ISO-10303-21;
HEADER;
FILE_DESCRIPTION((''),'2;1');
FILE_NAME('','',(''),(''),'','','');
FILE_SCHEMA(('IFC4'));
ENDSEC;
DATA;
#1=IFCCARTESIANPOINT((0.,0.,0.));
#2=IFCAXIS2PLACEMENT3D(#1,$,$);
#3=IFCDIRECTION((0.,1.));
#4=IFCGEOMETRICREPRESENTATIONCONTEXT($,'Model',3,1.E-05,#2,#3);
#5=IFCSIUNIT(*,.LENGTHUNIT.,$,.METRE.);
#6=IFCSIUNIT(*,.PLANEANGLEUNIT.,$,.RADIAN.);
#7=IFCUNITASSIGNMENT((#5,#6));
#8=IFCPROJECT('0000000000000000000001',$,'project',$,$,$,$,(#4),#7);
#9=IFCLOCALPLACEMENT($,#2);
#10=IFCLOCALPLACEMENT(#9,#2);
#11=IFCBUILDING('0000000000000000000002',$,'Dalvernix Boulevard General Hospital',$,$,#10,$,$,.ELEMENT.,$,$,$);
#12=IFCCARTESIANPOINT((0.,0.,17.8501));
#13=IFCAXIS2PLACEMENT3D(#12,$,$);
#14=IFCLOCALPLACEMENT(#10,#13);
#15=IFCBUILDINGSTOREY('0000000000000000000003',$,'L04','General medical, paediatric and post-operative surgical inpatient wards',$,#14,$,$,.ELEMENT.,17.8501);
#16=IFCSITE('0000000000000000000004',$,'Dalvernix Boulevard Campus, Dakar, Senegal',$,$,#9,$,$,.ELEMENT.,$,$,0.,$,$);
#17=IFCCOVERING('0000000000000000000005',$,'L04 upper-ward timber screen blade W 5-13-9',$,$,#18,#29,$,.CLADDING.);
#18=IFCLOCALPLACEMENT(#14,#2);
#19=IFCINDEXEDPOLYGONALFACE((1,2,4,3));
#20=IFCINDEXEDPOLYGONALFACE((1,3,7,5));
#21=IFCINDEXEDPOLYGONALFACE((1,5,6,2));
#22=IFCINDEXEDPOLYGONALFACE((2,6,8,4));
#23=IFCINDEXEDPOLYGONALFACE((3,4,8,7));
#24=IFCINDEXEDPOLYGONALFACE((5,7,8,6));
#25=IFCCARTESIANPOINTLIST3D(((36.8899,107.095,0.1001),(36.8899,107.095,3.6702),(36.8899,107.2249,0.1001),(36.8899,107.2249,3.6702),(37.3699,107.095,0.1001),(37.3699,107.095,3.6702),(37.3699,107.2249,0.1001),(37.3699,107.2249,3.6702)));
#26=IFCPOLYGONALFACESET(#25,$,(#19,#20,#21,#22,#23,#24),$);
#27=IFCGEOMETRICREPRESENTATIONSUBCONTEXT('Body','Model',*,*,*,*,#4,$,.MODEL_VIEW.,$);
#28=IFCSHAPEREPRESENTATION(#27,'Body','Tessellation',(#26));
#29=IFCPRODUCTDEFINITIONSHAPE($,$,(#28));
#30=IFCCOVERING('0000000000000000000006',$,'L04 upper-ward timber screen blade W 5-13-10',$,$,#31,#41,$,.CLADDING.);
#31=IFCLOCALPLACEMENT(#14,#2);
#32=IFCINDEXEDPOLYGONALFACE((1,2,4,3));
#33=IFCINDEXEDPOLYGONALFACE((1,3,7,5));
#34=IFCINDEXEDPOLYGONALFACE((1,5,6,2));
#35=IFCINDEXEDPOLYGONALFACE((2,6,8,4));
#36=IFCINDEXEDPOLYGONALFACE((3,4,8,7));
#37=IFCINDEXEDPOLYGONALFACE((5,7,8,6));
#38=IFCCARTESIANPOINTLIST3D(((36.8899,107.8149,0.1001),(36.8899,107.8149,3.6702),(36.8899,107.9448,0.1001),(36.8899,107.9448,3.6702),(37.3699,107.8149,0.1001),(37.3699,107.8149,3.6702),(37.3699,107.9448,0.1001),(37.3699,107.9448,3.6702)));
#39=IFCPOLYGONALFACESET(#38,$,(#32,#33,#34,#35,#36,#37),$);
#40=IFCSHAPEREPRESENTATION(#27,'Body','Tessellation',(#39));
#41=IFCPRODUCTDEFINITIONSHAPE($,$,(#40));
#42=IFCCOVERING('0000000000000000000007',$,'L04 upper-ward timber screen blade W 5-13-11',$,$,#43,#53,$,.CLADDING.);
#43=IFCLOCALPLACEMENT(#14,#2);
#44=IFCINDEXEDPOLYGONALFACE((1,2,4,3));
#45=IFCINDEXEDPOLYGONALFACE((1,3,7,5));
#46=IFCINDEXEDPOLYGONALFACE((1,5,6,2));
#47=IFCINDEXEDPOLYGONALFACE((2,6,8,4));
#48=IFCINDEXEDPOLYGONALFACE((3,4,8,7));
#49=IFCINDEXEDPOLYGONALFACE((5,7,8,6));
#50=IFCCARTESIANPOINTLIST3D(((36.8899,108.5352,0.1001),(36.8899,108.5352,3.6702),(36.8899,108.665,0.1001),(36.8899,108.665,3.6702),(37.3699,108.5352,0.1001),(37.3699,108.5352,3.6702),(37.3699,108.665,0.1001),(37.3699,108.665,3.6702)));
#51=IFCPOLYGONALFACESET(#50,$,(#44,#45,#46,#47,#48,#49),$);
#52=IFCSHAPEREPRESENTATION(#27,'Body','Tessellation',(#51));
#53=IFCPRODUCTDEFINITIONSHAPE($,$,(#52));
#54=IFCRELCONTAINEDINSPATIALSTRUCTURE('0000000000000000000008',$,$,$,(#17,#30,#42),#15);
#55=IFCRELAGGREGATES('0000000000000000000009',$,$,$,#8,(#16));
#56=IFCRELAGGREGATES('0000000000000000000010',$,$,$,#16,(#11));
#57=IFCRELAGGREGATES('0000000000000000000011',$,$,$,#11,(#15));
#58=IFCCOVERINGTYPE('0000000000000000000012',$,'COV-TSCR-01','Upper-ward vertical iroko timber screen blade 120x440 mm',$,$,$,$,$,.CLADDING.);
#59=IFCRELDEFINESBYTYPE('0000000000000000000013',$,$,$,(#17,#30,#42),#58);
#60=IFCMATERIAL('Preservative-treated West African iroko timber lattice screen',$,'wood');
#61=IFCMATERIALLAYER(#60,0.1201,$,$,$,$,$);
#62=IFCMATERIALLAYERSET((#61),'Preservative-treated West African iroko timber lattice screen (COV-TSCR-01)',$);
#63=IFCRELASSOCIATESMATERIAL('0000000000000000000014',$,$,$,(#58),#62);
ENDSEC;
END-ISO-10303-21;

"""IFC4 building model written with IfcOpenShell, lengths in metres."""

from ifc_helpers import new_model, si_unit, direction, frame, origin, origin_2d, place, context, subcontext, project, spatial, rectangle, extrude, material, layer, layer_set, type_object, element, save


model = new_model("IFC4")

# Units and contexts
model_context = context("Model", 3, precision=1e-05, world=origin(), true_north=direction((0.0, 1.0)))
body_context = subcontext(model_context, "Body", "Model", "MODEL_VIEW")
ifc_project = project(units=[si_unit("LENGTHUNIT", "METRE"), si_unit("PLANEANGLEUNIT", "RADIAN")], contexts=[model_context])

# Site, building, storey
site_placement = place(None, origin())
site = spatial("IfcSite", under=ifc_project, at=site_placement, Name="Dalvernix Boulevard Campus, Dakar, Senegal", CompositionType="ELEMENT", RefElevation=0.0)
building_placement = place(site_placement, origin())
building = spatial("IfcBuilding", under=site, at=building_placement, Name="Dalvernix Boulevard General Hospital", CompositionType="ELEMENT")
storey_placement = place(building_placement, frame((0.0, 0.0, 17.8501)))
storey = spatial("IfcBuildingStorey", under=building, at=storey_placement, Name="L04", Description="General medical, paediatric and post-operative surgical inpatient wards", CompositionType="ELEMENT", Elevation=17.8501)

# Coverings
ifc_material_1 = material(Name="Preservative-treated West African iroko timber lattice screen", Category="wood")
ifc_layer_1 = layer(ifc_material_1, 0.1201)
ifc_layer_set_1 = layer_set([ifc_layer_1], Name="Preservative-treated West African iroko timber lattice screen (COV-TSCR-01)")
covering_type_1 = type_object("IfcCoveringType", Name="COV-TSCR-01", Description="Upper-ward vertical iroko timber screen blade 120x440 mm", PredefinedType="CLADDING", material=ifc_layer_set_1)
for number, where, z_axis, x_axis, name in (
    (1, (37.1299, 107.1599, 0.1001), (0.0, 0.0, 1.0), (0.0, 1.0, 0.0), "L04 upper-ward timber screen blade W 5-13-9"),
    (2, (37.1299, 107.8799, 0.1001), (0.0, 0.0, 1.0), (0.0, 1.0, 0.0), "L04 upper-ward timber screen blade W 5-13-10"),
    (3, (37.1299, 108.6001, 0.1001), (0.0, 0.0, 1.0), (0.0, 1.0, 0.0), "L04 upper-ward timber screen blade W 5-13-11"),
):
    element("IfcCovering", number, at=place(storey_placement, frame(where, z_axis=z_axis, x_axis=x_axis)), inside=storey, type_object=covering_type_1, Name=name, PredefinedType="CLADDING", context=body_context, shape_type="SweptSolid", body=[
        extrude(rectangle(XDim=0.1299, YDim=0.48, at=origin_2d()), origin(), (0.0, 0.0, 1.0), 3.5701),
    ])

save(model, "model.ifc")
